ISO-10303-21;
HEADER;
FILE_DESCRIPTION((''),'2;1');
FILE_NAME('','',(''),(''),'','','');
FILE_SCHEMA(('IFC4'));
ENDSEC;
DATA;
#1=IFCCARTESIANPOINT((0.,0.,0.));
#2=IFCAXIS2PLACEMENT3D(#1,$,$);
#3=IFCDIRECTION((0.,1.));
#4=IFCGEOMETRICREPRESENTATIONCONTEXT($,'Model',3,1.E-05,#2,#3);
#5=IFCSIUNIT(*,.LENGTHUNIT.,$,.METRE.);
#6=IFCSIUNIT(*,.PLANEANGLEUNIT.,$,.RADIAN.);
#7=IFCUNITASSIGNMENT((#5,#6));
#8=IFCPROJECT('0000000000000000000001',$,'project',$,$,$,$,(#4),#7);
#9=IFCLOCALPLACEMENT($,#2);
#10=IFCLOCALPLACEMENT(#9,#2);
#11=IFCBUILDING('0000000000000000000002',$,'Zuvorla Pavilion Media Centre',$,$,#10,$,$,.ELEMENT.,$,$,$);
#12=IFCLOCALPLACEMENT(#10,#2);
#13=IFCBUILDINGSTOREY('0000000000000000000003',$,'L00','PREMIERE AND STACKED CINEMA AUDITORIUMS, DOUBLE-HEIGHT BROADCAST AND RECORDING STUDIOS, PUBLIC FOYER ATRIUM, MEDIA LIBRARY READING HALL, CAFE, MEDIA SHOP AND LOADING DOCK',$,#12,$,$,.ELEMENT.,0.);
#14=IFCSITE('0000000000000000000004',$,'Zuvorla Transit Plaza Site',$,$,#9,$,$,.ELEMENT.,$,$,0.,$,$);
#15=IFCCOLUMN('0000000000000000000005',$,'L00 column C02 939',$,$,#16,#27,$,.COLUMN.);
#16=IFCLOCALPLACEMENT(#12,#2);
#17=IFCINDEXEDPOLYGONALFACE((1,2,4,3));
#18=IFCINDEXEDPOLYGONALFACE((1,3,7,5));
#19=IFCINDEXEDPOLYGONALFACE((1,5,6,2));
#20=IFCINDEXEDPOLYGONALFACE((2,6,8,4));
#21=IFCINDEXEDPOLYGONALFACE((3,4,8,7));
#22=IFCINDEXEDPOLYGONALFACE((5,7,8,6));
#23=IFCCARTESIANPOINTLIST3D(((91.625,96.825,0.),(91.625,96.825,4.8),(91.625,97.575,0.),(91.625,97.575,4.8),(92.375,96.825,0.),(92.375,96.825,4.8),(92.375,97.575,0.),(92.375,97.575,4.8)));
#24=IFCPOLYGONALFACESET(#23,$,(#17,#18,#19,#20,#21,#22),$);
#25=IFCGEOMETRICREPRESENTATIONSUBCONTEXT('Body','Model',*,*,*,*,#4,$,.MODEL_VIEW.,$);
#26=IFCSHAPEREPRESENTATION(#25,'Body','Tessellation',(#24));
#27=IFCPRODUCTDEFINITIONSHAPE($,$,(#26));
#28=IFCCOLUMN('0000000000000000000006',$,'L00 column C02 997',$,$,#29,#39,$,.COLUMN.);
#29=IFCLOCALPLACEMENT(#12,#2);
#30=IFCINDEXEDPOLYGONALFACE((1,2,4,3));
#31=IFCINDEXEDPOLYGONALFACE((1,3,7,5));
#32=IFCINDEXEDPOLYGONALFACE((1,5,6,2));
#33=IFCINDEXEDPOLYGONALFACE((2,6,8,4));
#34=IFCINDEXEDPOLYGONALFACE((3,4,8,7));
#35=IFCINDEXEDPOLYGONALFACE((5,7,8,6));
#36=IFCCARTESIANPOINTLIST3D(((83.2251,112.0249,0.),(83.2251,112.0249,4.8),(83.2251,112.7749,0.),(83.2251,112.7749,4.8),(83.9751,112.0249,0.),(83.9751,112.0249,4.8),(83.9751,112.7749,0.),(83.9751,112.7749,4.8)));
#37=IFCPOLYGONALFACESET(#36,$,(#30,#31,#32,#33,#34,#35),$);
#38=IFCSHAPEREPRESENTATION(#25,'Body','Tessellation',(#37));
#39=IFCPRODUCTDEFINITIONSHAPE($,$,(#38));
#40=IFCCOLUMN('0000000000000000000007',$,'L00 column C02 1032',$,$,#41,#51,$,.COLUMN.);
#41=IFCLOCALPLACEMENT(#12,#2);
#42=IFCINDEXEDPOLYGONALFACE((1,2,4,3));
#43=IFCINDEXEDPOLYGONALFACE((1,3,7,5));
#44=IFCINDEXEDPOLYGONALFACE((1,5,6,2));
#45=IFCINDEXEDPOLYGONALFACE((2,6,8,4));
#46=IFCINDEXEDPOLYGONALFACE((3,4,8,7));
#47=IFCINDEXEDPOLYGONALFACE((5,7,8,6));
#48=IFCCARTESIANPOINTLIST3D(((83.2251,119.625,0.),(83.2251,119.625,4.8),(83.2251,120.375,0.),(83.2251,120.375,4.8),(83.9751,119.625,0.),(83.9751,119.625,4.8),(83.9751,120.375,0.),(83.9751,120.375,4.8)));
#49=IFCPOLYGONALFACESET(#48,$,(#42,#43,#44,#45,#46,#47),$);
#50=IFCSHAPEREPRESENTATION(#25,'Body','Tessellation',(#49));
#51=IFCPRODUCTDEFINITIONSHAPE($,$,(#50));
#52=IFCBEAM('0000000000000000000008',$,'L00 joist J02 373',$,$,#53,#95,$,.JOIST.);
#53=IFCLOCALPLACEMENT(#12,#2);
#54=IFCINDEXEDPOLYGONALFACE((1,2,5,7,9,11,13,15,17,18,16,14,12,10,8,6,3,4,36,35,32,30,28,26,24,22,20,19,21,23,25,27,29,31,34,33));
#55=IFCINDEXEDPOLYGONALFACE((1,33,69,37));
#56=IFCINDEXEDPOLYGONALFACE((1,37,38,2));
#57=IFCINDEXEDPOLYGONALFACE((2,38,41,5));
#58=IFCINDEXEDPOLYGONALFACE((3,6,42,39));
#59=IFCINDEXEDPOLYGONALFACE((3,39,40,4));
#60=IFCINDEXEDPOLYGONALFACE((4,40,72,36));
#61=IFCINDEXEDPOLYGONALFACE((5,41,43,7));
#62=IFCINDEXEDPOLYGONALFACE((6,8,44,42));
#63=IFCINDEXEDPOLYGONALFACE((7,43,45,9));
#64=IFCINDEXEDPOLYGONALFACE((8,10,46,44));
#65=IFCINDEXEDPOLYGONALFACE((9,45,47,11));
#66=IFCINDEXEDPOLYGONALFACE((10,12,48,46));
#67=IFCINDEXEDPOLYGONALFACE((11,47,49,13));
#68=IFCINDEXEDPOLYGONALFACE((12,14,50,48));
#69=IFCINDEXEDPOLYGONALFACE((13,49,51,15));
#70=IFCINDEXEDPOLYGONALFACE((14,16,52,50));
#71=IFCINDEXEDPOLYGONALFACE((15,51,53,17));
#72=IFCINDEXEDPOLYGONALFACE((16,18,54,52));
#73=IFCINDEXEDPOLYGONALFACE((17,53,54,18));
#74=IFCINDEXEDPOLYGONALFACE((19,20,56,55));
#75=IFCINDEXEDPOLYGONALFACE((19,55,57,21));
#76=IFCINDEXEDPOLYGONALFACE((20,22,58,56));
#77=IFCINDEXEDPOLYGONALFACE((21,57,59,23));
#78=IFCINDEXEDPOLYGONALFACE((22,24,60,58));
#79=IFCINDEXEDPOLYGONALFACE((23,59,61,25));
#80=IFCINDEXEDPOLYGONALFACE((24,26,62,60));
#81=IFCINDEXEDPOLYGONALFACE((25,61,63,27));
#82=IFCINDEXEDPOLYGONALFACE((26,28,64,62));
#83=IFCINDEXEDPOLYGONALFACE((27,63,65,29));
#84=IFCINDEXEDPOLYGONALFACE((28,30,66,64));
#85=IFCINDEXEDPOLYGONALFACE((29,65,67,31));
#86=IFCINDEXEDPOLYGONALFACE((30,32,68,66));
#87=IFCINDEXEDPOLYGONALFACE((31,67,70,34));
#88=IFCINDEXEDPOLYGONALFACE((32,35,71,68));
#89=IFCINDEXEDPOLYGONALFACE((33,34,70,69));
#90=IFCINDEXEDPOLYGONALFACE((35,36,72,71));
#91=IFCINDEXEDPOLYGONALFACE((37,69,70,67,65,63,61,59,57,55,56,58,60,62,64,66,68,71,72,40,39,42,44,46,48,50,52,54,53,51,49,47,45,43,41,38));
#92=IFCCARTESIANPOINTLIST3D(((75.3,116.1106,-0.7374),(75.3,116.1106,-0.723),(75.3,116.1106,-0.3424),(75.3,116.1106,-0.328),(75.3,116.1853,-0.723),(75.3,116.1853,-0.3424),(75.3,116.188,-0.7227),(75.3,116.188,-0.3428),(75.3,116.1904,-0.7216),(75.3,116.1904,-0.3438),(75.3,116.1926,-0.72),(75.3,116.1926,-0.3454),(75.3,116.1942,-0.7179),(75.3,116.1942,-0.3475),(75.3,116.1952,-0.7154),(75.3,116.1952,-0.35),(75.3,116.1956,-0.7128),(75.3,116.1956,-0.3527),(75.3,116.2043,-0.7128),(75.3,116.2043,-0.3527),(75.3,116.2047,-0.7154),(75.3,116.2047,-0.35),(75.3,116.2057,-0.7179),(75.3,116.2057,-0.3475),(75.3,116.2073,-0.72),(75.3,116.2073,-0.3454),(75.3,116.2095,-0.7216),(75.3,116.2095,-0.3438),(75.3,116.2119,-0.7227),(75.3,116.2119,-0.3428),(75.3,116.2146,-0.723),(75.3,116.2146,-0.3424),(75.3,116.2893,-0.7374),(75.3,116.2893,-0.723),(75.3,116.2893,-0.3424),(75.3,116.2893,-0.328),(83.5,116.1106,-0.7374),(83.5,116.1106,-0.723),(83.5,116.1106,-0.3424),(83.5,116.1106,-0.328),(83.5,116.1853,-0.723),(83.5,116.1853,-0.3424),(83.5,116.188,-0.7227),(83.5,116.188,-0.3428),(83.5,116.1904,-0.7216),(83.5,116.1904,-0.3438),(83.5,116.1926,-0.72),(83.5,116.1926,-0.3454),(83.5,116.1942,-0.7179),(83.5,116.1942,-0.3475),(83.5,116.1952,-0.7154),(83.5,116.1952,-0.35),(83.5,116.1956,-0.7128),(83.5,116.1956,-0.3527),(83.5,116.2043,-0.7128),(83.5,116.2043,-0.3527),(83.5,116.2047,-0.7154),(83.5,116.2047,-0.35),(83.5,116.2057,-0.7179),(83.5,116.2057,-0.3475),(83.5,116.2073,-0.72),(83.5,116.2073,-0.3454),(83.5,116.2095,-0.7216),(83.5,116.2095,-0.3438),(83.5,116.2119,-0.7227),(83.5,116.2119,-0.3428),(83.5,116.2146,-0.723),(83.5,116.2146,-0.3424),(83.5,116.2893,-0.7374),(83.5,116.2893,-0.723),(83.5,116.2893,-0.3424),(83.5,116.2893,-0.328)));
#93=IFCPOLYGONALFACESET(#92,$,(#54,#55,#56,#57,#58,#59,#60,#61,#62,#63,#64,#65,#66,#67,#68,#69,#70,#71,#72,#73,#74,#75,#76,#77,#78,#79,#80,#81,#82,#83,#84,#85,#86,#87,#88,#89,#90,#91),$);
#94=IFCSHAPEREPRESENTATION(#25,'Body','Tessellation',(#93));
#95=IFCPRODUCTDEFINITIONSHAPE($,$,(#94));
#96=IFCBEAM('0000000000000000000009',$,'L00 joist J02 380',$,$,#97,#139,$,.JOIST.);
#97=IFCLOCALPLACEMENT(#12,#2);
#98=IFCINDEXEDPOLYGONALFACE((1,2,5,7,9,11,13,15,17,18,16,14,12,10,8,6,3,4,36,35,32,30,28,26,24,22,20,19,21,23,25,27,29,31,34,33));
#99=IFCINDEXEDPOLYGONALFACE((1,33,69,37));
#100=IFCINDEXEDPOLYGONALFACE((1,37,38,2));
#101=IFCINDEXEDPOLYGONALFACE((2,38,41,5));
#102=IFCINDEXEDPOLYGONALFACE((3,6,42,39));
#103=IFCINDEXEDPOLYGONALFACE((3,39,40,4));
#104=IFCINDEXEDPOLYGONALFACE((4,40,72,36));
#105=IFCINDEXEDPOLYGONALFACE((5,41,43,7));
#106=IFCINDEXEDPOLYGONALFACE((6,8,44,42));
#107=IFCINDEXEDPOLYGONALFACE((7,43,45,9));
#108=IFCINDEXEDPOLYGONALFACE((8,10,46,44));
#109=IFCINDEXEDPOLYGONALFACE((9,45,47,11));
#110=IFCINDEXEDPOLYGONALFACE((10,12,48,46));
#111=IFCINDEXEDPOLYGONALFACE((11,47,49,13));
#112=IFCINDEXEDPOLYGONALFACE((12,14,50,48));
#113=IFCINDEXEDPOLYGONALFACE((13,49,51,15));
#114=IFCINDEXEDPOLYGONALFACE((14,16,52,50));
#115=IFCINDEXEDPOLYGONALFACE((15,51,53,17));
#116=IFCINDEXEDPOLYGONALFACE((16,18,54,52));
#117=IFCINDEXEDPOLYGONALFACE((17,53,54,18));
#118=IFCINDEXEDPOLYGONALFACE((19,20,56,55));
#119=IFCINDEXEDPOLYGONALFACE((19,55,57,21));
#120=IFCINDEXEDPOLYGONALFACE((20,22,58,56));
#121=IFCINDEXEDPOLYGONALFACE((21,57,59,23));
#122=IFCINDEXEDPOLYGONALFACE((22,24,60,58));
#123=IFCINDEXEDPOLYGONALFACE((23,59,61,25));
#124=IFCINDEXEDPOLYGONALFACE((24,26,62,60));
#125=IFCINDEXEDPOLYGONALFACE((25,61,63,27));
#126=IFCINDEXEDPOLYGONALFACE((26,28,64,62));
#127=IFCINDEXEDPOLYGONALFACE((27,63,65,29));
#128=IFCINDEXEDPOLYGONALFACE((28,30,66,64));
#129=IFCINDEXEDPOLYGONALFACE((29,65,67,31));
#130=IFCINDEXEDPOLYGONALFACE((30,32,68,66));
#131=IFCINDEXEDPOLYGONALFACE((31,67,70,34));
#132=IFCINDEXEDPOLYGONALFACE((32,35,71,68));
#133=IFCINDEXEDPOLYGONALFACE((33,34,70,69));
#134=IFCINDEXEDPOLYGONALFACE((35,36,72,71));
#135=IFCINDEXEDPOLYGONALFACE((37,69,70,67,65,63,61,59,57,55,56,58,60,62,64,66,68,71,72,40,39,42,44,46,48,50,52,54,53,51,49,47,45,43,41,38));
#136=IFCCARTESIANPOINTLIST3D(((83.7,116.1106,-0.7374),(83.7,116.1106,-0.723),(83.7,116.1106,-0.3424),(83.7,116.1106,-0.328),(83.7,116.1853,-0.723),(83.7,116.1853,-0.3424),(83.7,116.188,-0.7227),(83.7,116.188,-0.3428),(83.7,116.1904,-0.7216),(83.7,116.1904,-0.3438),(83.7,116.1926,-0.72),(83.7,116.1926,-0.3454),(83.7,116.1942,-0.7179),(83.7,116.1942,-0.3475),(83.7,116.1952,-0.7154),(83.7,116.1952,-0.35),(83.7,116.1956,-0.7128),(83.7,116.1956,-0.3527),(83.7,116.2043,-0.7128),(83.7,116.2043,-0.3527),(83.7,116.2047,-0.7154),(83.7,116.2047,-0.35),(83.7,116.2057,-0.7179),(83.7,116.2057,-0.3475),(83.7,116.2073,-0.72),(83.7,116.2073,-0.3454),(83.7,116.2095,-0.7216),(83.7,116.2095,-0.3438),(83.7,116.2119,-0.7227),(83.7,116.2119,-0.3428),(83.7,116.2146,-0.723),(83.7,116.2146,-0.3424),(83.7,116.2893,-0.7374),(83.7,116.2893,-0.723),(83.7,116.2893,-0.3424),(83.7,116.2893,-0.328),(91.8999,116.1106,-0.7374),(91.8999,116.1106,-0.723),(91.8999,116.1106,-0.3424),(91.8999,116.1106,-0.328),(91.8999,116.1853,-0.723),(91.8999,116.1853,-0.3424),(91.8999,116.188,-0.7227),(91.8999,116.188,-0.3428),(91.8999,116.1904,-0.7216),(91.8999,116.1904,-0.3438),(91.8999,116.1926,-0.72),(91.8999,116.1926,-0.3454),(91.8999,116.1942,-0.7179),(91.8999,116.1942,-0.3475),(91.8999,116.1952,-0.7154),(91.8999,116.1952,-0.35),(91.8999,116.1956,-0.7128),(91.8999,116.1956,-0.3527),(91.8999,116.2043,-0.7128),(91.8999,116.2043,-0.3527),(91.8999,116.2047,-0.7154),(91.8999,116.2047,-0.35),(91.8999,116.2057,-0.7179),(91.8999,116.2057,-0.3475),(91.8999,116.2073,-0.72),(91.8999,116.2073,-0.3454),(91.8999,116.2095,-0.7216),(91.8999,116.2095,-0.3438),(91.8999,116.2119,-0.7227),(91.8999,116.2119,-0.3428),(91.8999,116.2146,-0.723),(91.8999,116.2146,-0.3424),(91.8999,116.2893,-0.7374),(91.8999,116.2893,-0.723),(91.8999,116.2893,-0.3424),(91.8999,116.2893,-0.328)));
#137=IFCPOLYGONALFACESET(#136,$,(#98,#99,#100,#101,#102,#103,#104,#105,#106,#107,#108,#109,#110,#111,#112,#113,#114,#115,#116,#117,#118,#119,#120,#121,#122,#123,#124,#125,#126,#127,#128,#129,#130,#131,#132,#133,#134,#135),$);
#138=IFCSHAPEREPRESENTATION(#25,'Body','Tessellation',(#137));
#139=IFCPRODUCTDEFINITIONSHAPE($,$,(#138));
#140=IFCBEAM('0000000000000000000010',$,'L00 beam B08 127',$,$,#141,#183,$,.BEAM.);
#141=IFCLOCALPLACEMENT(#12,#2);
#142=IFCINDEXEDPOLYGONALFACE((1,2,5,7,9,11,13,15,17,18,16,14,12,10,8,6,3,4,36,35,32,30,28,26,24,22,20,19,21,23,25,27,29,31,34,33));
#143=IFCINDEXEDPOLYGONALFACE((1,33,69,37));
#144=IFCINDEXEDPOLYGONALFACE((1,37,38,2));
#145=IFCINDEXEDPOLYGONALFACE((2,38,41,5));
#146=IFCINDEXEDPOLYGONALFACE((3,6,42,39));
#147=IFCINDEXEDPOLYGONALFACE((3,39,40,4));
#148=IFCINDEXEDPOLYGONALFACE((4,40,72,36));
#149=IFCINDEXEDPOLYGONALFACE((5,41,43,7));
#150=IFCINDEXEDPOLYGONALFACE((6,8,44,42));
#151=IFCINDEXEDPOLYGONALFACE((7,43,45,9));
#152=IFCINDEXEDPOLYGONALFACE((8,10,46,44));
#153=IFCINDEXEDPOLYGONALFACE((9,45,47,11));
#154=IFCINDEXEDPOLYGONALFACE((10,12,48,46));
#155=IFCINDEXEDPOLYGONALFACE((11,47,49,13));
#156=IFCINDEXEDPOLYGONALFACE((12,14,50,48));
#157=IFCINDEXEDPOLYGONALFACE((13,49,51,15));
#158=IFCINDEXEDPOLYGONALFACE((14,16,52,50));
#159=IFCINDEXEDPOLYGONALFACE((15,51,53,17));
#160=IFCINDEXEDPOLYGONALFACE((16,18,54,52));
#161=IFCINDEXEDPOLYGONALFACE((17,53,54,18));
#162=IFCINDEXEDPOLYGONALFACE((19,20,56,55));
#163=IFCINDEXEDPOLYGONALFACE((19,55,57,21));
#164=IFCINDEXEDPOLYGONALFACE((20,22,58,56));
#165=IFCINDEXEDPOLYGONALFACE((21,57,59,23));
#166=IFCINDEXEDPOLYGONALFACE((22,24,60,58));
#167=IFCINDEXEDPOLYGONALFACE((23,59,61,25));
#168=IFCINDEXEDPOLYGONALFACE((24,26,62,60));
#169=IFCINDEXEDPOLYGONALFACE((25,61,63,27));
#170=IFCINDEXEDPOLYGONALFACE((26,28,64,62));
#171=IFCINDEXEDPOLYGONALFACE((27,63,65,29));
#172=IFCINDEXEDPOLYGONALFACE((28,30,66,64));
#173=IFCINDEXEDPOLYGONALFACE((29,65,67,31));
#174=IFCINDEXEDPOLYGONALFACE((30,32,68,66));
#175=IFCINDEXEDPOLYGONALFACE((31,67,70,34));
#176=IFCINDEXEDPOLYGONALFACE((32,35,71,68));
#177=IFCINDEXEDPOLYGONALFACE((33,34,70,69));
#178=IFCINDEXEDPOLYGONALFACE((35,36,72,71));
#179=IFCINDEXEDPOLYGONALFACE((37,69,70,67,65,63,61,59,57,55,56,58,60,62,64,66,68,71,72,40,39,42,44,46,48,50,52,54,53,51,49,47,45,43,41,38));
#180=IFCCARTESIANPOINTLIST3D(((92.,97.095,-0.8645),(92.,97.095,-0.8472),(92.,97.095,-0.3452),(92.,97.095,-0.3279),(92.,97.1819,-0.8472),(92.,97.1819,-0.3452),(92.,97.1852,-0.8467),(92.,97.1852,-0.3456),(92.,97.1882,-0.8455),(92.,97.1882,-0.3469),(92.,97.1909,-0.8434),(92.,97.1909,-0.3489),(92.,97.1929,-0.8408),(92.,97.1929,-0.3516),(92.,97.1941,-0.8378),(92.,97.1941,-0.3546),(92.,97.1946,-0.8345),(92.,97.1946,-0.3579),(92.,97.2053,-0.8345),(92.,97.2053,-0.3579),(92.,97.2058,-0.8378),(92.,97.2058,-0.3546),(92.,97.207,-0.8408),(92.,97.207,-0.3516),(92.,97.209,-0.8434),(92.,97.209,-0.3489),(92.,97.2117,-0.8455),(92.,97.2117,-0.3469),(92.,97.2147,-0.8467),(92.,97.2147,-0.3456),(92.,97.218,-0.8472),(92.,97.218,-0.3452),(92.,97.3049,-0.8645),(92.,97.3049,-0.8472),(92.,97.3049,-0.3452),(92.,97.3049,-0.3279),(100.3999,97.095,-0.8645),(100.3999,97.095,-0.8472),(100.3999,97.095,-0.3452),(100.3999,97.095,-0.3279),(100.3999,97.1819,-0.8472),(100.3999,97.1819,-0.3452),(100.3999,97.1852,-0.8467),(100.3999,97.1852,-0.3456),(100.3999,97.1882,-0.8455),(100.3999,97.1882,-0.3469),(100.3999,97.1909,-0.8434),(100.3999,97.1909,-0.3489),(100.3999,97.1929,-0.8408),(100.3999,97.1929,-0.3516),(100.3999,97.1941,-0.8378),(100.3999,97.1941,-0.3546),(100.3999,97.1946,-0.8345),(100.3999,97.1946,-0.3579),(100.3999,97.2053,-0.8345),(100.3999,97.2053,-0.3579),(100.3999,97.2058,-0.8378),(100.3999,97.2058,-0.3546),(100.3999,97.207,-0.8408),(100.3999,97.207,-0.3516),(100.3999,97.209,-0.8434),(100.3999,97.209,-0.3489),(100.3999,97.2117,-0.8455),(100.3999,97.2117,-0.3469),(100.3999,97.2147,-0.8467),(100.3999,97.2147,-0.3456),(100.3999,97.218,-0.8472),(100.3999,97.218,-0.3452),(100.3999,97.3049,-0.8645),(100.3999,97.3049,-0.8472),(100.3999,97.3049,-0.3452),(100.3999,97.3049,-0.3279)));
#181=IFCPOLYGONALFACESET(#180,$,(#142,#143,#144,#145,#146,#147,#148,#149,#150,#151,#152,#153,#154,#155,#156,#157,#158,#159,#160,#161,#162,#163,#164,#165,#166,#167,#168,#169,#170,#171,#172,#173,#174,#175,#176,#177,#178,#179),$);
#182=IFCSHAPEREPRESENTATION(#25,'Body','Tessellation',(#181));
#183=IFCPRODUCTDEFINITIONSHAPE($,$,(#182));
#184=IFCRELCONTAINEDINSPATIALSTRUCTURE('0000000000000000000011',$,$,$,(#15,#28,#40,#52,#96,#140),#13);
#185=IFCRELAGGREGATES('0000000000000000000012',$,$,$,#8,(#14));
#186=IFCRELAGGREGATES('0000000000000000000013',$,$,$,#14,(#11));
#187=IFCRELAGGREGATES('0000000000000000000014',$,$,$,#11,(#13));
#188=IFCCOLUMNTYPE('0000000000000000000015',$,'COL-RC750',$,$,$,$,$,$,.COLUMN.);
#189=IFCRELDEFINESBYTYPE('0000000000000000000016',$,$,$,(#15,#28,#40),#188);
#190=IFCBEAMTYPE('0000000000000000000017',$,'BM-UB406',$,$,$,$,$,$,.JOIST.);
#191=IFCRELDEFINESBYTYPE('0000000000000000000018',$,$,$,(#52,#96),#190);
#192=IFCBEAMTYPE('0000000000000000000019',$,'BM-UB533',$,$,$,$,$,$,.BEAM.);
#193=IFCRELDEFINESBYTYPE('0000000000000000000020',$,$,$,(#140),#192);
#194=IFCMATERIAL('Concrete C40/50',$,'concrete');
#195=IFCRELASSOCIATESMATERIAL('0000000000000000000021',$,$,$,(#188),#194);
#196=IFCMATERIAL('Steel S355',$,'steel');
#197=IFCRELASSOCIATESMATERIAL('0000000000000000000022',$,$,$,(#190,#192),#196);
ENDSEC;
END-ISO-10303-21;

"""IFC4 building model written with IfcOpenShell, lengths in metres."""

from ifc_helpers import new_model, si_unit, direction, frame, origin, origin_2d, place, context, subcontext, project, spatial, rectangle, i_section, extrude, material, material_profile, profile_set, type_object, element, save


model = new_model("IFC4")

# Units and contexts
model_context = context("Model", 3, precision=1e-05, world=origin(), true_north=direction((0.0, 1.0)))
body_context = subcontext(model_context, "Body", "Model", "MODEL_VIEW")
ifc_project = project(units=[si_unit("LENGTHUNIT", "METRE"), si_unit("PLANEANGLEUNIT", "RADIAN")], contexts=[model_context])

# Site, building, storey
site_placement = place(None, origin())
site = spatial("IfcSite", under=ifc_project, at=site_placement, Name="Zuvorla Transit Plaza Site", CompositionType="ELEMENT", RefElevation=0.0)
building_placement = place(site_placement, origin())
building = spatial("IfcBuilding", under=site, at=building_placement, Name="Zuvorla Pavilion Media Centre", CompositionType="ELEMENT")
storey_placement = place(building_placement, origin())
storey = spatial("IfcBuildingStorey", under=building, at=storey_placement, Name="L00", Description="PREMIERE AND STACKED CINEMA AUDITORIUMS, DOUBLE-HEIGHT BROADCAST AND RECORDING STUDIOS, PUBLIC FOYER ATRIUM, MEDIA LIBRARY READING HALL, CAFE, MEDIA SHOP AND LOADING DOCK", CompositionType="ELEMENT", Elevation=0.0)

# Columns
ifc_material_1 = material(Name="Concrete C40/50", Category="concrete")
ifc_material_profile_1 = material_profile(ifc_material_1, rectangle(XDim=0.75, YDim=0.75, at=origin_2d()), Name="RC 750x750")
ifc_profile_set_1 = profile_set([ifc_material_profile_1], Name="Concrete C40/50")
column_type = type_object("IfcColumnType", Name="COL-RC750", PredefinedType="COLUMN", material=ifc_profile_set_1)
for number, where, z_axis, x_axis, name in (
    (1, (92.0, 97.2, 0.0), (0.0, 0.0, 1.0), (1.0, 0.0, 0.0), "L00 column C02 939"),
    (2, (83.6001, 112.3999, 0.0), (0.0, 0.0, 1.0), (1.0, 0.0, 0.0), "L00 column C02 997"),
    (3, (83.6001, 120.0, 0.0), (0.0, 0.0, 1.0), (1.0, 0.0, 0.0), "L00 column C02 1032"),
):
    element("IfcColumn", number, at=place(storey_placement, frame(where, z_axis=z_axis, x_axis=x_axis)), inside=storey, type_object=column_type, Name=name, PredefinedType="COLUMN", context=body_context, shape_type="SweptSolid", body=[
        extrude(rectangle(XDim=0.75, YDim=0.75, at=origin_2d()), origin(), (0.0, 0.0, 1.0), 4.8),
    ])

# Beams
ifc_material_2 = material(Name="Steel S355", Category="steel")
ifc_material_profile_2 = material_profile(ifc_material_2, i_section(OverallWidth=0.1787, OverallDepth=0.4094, WebThickness=0.0088, FlangeThickness=0.0144, FilletRadius=0.0103, at=origin_2d()), Name="UB 406x178x67")
ifc_profile_set_2 = profile_set([ifc_material_profile_2], Name="Steel S355")
beam_type_1 = type_object("IfcBeamType", Name="BM-UB406", PredefinedType="JOIST", material=ifc_profile_set_2)
for number, where, z_axis, x_axis, name in (
    (4, (75.3, 116.2, -0.5327), (1.0, 0.0, 0.0), (0.0, 1.0, 0.0), "L00 joist J02 373"),
    (5, (83.7, 116.2, -0.5327), (1.0, 0.0, 0.0), (0.0, 1.0, 0.0), "L00 joist J02 380"),
):
    element("IfcBeam", number, at=place(storey_placement, frame(where, z_axis=z_axis, x_axis=x_axis)), inside=storey, type_object=beam_type_1, Name=name, PredefinedType="JOIST", context=body_context, shape_type="SweptSolid", body=[
        extrude(i_section(OverallWidth=0.1787, OverallDepth=0.4094, WebThickness=0.0088, FlangeThickness=0.0144, FilletRadius=0.0103, at=origin_2d()), origin(), (0.0, 0.0, 1.0), 8.2),
    ])
ifc_material_profile_3 = material_profile(ifc_material_2, i_section(OverallWidth=0.21, OverallDepth=0.5366, WebThickness=0.0107, FlangeThickness=0.0173, FilletRadius=0.0127, at=origin_2d()), Name="UB 533x210x101")
ifc_profile_set_3 = profile_set([ifc_material_profile_3], Name="Steel S355")
beam_type_2 = type_object("IfcBeamType", Name="BM-UB533", PredefinedType="BEAM", material=ifc_profile_set_3)
beam_1_placement = place(storey_placement, frame((92.0, 97.2, -0.5962), z_axis=(1.0, 0.0, 0.0), x_axis=(0.0, 1.0, 0.0)))
element("IfcBeam", 6, at=beam_1_placement, inside=storey, type_object=beam_type_2, Name="L00 beam B08 127", PredefinedType="BEAM", context=body_context, shape_type="SweptSolid", body=[
    extrude(i_section(OverallWidth=0.21, OverallDepth=0.5366, WebThickness=0.0107, FlangeThickness=0.0173, FilletRadius=0.0127, at=origin_2d()), origin(), (0.0, 0.0, 1.0), 8.3999),
])

save(model, "model.ifc")
